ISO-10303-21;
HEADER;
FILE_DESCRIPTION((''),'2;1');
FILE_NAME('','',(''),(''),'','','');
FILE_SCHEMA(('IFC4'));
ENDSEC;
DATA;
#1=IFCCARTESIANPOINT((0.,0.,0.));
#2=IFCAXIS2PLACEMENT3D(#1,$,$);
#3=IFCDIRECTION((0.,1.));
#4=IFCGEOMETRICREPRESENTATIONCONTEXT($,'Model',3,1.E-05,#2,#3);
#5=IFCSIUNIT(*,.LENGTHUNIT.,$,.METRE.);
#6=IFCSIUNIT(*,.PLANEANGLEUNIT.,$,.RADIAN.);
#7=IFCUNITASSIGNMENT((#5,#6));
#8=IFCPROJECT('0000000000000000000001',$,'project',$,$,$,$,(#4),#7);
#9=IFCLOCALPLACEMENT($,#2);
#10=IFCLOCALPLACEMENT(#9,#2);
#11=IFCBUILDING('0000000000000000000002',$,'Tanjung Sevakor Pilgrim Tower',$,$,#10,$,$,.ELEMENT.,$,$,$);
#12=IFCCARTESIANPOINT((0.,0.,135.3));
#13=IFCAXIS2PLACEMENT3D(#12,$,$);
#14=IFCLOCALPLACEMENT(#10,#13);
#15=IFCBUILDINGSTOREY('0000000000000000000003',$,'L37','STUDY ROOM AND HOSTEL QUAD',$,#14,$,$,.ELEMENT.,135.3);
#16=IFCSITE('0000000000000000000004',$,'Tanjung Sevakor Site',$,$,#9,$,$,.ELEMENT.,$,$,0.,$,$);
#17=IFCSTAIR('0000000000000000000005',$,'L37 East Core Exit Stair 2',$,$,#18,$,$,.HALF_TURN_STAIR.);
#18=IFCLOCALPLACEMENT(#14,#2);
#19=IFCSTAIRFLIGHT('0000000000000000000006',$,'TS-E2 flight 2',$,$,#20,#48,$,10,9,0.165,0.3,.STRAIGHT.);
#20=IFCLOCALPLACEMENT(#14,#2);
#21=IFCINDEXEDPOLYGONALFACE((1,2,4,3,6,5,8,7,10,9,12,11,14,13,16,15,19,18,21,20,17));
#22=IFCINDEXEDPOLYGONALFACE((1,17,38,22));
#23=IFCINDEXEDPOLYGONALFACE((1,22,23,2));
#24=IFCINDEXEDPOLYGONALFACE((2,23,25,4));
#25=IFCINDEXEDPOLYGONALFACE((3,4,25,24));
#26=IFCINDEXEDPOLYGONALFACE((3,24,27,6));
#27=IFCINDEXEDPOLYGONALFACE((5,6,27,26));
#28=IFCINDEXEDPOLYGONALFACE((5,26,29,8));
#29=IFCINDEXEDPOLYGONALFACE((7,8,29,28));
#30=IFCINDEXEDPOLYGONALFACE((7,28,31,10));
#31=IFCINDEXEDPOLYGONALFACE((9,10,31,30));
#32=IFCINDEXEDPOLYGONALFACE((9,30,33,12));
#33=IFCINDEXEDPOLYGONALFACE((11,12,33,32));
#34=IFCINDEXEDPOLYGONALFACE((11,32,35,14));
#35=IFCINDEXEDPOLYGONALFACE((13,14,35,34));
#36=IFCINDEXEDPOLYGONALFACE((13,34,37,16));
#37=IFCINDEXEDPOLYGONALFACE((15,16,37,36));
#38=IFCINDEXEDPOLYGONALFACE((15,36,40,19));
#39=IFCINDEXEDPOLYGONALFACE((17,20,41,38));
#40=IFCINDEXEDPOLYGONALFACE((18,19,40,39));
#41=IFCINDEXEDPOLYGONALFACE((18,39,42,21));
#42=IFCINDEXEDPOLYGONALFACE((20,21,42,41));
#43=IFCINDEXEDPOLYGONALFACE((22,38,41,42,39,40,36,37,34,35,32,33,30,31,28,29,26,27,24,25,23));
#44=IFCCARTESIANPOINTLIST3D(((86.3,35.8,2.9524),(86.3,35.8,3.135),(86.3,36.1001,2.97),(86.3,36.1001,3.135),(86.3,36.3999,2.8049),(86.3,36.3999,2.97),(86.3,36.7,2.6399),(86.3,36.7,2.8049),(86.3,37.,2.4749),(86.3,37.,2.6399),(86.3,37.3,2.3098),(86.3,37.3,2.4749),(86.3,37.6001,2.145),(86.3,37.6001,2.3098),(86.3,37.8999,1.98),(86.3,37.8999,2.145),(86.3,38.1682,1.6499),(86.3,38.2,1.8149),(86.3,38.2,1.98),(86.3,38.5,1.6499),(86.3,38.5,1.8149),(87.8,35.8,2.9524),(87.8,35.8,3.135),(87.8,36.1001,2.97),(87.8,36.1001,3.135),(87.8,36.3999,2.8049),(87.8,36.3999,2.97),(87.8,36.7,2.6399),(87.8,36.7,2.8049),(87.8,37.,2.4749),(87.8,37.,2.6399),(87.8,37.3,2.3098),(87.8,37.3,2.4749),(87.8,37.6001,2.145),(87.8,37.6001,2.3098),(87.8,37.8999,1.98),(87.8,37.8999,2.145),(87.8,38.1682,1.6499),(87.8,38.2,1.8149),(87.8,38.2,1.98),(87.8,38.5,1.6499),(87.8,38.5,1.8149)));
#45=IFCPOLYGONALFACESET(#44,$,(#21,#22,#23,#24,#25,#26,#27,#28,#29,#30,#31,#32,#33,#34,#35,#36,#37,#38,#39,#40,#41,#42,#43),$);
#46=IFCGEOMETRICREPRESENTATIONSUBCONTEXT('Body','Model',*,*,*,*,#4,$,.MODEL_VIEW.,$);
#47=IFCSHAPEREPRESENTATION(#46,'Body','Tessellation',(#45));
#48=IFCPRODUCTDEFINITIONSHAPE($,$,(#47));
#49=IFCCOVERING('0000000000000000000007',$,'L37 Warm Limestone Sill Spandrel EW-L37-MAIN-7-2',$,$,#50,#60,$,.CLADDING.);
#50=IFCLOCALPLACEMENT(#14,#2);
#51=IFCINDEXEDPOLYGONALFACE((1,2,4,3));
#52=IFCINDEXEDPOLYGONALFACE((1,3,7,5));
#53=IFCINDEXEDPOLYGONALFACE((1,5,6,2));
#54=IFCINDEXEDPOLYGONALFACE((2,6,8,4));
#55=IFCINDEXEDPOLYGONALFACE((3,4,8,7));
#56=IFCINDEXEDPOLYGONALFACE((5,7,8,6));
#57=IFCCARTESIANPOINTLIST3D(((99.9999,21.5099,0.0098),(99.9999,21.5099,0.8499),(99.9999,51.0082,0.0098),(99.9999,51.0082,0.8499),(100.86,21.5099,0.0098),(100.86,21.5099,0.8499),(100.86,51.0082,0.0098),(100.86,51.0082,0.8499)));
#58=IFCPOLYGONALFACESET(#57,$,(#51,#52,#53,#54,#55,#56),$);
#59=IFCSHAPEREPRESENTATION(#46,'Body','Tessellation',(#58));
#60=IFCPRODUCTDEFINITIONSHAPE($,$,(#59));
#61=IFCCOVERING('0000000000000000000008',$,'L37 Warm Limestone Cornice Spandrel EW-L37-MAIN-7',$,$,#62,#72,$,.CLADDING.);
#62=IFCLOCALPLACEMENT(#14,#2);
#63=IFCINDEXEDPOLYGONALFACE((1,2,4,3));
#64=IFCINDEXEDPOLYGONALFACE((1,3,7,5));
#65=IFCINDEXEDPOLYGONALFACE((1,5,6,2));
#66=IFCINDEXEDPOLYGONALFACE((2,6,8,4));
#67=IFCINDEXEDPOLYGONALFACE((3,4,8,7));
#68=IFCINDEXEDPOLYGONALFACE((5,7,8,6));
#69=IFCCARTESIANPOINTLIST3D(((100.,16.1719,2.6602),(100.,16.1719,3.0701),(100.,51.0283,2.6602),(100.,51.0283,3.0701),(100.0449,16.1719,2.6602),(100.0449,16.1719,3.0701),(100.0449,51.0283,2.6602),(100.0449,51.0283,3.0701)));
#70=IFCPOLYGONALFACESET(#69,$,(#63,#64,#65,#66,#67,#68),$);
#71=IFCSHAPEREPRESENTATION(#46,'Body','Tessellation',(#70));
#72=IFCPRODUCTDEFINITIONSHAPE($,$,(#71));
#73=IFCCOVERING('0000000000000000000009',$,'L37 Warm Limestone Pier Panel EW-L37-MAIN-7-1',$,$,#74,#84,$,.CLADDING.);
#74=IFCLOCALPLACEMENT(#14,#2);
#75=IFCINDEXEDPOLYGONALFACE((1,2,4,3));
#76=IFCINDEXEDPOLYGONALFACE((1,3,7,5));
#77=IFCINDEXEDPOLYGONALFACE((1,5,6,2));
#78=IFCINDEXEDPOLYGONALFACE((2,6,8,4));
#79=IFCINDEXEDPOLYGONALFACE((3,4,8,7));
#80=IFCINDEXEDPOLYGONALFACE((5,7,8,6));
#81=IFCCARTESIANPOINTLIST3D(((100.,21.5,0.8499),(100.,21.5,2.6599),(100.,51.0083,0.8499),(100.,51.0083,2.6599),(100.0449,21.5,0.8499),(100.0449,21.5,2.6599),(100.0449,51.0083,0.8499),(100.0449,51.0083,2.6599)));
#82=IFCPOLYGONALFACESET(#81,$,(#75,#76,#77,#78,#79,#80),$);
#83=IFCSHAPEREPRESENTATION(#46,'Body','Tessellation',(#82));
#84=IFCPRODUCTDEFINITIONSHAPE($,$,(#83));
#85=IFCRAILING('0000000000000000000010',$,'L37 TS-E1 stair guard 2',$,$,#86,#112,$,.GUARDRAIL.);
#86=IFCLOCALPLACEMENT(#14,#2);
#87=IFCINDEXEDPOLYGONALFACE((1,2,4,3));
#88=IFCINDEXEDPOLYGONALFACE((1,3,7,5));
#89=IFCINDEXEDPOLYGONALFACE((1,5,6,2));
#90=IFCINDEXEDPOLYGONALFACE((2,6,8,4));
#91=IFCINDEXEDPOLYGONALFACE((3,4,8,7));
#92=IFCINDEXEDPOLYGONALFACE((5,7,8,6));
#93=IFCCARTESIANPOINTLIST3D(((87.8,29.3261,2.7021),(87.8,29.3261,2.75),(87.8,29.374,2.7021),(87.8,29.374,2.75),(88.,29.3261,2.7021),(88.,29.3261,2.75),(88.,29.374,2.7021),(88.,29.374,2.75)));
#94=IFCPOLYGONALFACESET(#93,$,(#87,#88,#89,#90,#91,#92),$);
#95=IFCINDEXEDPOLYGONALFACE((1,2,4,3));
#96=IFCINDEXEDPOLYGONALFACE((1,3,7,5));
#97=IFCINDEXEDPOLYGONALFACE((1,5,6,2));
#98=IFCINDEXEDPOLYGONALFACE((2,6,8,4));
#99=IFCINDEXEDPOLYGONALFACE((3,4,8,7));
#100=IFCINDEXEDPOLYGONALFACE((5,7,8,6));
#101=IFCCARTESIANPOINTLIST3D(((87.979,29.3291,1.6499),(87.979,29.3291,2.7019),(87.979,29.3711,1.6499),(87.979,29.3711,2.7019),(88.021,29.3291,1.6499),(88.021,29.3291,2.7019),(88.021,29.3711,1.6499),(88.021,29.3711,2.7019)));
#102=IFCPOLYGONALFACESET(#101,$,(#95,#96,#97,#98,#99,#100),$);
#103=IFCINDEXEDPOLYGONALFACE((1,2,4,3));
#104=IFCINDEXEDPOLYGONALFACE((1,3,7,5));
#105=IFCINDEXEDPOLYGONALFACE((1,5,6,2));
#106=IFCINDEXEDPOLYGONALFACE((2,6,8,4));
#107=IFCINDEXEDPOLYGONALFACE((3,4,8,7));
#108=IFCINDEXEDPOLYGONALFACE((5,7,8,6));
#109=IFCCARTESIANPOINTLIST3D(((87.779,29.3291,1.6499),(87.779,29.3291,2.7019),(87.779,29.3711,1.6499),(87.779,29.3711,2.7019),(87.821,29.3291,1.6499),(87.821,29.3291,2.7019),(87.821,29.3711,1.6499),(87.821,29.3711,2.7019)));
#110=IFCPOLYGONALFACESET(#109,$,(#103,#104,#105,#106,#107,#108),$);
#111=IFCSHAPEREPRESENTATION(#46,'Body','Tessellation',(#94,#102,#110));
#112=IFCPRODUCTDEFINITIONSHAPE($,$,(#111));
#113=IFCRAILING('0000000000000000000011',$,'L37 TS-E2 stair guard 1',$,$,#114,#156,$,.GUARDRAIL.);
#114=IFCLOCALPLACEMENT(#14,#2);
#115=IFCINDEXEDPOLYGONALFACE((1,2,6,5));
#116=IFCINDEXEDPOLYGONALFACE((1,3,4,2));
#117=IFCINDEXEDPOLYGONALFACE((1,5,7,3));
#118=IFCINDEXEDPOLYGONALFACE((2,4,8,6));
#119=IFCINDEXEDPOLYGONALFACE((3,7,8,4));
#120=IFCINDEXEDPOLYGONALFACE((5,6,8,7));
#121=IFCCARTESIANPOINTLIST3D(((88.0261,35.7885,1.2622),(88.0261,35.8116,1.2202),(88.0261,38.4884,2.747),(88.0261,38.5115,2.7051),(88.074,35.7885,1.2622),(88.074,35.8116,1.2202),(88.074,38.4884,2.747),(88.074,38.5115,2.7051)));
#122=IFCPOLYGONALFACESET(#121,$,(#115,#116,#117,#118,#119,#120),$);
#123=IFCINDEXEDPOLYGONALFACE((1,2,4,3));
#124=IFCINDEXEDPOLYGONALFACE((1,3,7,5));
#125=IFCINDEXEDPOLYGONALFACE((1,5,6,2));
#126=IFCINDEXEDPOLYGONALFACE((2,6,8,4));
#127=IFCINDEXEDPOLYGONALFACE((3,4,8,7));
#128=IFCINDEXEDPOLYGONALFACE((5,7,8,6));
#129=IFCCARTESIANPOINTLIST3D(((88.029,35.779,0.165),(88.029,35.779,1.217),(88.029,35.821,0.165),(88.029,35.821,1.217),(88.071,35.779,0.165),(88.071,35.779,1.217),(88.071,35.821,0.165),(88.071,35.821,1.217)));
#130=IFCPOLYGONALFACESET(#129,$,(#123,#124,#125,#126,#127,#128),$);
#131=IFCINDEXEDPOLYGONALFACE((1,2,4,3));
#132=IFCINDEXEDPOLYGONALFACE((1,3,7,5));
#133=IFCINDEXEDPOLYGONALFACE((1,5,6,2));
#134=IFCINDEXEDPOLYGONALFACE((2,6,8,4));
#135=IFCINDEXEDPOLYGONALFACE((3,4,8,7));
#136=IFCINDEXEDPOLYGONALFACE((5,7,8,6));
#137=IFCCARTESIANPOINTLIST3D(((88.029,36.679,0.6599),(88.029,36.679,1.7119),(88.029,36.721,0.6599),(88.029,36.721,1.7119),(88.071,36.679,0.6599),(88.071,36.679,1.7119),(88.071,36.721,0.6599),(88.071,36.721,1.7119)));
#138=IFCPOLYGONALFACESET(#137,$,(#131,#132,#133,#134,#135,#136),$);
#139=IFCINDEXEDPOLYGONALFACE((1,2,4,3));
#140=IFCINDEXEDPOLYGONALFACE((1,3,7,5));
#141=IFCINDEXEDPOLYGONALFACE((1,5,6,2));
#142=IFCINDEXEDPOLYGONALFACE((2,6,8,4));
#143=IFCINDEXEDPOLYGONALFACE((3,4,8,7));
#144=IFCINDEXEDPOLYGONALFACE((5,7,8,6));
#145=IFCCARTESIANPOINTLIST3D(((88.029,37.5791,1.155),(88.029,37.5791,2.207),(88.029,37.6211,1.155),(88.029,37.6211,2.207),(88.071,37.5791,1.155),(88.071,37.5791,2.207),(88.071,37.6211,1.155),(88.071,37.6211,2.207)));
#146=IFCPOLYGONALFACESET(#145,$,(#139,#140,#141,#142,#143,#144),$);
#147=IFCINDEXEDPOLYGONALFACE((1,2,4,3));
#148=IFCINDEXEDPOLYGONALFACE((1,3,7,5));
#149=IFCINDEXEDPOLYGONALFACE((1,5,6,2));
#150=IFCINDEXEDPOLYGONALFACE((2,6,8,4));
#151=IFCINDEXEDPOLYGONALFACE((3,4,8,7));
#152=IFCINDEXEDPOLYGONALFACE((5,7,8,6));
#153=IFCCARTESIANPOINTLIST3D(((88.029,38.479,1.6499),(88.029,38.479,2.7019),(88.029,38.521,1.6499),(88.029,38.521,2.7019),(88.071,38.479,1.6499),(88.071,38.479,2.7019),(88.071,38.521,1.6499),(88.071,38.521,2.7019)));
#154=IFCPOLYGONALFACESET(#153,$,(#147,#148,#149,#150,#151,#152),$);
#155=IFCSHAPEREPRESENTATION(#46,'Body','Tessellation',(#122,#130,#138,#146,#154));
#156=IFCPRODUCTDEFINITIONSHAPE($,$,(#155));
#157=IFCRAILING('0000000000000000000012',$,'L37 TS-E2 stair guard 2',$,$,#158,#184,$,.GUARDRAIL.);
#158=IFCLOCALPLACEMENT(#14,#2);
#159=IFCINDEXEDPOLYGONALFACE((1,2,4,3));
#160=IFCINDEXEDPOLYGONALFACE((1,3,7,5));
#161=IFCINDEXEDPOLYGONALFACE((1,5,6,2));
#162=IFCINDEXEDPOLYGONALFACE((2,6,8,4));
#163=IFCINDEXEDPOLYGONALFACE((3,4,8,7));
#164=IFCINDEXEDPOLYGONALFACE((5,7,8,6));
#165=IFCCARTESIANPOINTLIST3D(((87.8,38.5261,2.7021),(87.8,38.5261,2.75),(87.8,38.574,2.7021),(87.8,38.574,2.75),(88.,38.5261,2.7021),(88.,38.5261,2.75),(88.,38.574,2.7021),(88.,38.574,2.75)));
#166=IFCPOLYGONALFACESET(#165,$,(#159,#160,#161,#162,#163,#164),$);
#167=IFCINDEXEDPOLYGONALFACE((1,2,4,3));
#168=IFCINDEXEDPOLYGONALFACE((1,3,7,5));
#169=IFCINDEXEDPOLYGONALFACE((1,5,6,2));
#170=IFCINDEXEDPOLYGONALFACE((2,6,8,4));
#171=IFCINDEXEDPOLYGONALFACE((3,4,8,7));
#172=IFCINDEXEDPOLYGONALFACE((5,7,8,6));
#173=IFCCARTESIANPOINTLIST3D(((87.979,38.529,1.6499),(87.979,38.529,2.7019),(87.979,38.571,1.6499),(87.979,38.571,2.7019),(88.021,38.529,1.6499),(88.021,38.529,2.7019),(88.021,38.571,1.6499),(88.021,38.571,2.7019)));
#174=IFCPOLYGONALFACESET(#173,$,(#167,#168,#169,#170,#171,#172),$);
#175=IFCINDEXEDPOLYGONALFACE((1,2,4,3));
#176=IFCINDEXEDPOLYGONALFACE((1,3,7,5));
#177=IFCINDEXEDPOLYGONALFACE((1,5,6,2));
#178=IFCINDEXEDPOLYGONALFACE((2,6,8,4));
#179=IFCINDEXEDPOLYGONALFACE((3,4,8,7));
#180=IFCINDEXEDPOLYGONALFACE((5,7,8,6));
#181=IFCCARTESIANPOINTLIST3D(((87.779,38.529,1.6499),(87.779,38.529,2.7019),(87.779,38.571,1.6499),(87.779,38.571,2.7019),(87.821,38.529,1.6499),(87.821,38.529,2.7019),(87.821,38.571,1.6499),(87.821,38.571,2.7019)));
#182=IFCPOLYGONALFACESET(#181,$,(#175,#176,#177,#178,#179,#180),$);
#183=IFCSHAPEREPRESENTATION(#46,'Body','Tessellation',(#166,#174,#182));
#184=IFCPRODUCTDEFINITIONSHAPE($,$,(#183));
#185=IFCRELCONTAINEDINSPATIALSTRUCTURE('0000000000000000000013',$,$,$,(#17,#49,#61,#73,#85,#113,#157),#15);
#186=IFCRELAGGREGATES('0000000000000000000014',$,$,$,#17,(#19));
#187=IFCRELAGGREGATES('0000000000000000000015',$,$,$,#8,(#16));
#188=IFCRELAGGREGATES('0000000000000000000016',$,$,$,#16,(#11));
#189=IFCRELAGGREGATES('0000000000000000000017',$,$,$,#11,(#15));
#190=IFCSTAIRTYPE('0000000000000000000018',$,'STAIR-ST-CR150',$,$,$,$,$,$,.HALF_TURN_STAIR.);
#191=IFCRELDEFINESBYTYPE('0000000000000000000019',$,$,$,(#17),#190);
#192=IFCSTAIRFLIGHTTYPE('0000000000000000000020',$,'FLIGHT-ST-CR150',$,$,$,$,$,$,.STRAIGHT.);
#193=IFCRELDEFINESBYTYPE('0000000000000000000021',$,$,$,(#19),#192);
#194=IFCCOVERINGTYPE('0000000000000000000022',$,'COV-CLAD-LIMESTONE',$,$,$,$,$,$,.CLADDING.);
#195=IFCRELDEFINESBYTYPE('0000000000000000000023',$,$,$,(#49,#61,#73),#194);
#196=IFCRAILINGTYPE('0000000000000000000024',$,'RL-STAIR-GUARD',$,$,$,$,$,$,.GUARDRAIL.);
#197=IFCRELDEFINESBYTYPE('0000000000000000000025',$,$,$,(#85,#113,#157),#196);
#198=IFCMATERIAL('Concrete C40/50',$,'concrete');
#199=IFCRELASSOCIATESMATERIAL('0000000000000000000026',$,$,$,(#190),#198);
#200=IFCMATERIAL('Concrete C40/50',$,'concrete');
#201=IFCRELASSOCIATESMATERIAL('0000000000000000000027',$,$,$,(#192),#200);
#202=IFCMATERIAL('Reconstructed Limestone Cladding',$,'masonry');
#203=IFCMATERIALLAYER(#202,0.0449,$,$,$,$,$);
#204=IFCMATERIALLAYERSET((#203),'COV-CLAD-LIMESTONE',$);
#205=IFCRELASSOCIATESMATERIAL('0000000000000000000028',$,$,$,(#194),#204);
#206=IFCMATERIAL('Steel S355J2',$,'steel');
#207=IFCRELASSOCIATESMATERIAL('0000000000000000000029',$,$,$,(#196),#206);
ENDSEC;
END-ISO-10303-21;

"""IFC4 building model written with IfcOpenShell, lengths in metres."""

from ifc_helpers import new_model, si_unit, direction, frame, origin, origin_2d, place, context, subcontext, project, spatial, polyline, rectangle, outline, extrude, material, layer, layer_set, type_object, element, aggregate, save


model = new_model("IFC4")

# Units and contexts
model_context = context("Model", 3, precision=1e-05, world=origin(), true_north=direction((0.0, 1.0)))
body_context = subcontext(model_context, "Body", "Model", "MODEL_VIEW")
ifc_project = project(units=[si_unit("LENGTHUNIT", "METRE"), si_unit("PLANEANGLEUNIT", "RADIAN")], contexts=[model_context])

# Site, building, storey
site_placement = place(None, origin())
site = spatial("IfcSite", under=ifc_project, at=site_placement, Name="Tanjung Sevakor Site", CompositionType="ELEMENT", RefElevation=0.0)
building_placement = place(site_placement, origin())
building = spatial("IfcBuilding", under=site, at=building_placement, Name="Tanjung Sevakor Pilgrim Tower", CompositionType="ELEMENT")
storey_placement = place(building_placement, frame((0.0, 0.0, 135.3)))
storey = spatial("IfcBuildingStorey", under=building, at=storey_placement, Name="L37", Description="STUDY ROOM AND HOSTEL QUAD", CompositionType="ELEMENT", Elevation=135.3)

# Stair, stair flight
ifc_material_1 = material(Name="Concrete C40/50", Category="concrete")
stair_type = type_object("IfcStairType", Name="STAIR-ST-CR150", PredefinedType="HALF_TURN_STAIR", material=ifc_material_1)
stair_placement = place(storey_placement, origin())
stair = element("IfcStair", 1, at=stair_placement, inside=storey, type_object=stair_type, Name="L37 East Core Exit Stair 2", PredefinedType="HALF_TURN_STAIR")
ifc_material_2 = material(Name="Concrete C40/50", Category="concrete")
stair_flight_type = type_object("IfcStairFlightType", Name="FLIGHT-ST-CR150", PredefinedType="STRAIGHT", material=ifc_material_2)
stair_flight_1_placement = place(storey_placement, frame((87.05, 38.5, 1.6499), z_axis=(0.0, 0.0, 1.0), x_axis=(0.0, -1.0, 0.0)))
stair_flight_1 = element("IfcStairFlight", 2, at=stair_flight_1_placement, type_object=stair_flight_type, Name="TS-E2 flight 2", NumberOfRisers=10, NumberOfTreads=9, PredefinedType="STRAIGHT", RiserHeight=0.165, TreadLength=0.3, context=body_context, shape_type="SweptSolid", body=[
    extrude(outline(polyline([(0.0, 0.0), (0.0, 0.165), (0.3, 0.165), (0.3, 0.3301), (0.6001, 0.3301), (0.6001, 0.4951), (0.8999, 0.4951), (0.8999, 0.6599), (1.2, 0.6599), (1.2, 0.825), (1.5, 0.825), (1.5, 0.99), (1.8, 0.99), (1.8, 1.155), (2.1001, 1.155), (2.1001, 1.3201), (2.3999, 1.3201), (2.3999, 1.4851), (2.7, 1.4851), (2.7, 1.6499), (2.7, 1.3025), (0.3318, 0.0), (0.0, 0.0)])), frame((0.0, 0.75, 0.0), z_axis=(0.0, -1.0, 0.0), x_axis=(1.0, 0.0, 0.0)), (0.0, 0.0, 1.0), 1.5),
])
aggregate(stair, [stair_flight_1])

# Coverings
ifc_material_3 = material(Name="Reconstructed Limestone Cladding", Category="masonry")
ifc_layer_1 = layer(ifc_material_3, 0.0449)
ifc_layer_set_1 = layer_set([ifc_layer_1], Name="COV-CLAD-LIMESTONE")
covering_type = type_object("IfcCoveringType", Name="COV-CLAD-LIMESTONE", PredefinedType="CLADDING", material=ifc_layer_set_1)
covering_1_placement = place(storey_placement, frame((100.4299, 36.259, 0.0098), z_axis=(0.0, 0.0, 1.0), x_axis=(0.0, 1.0, 0.0)))
element("IfcCovering", 3, at=covering_1_placement, inside=storey, type_object=covering_type, Name="L37 Warm Limestone Sill Spandrel EW-L37-MAIN-7-2", PredefinedType="CLADDING", context=body_context, shape_type="SweptSolid", body=[
    extrude(rectangle(XDim=29.4983, YDim=0.8601, at=origin_2d()), origin(), (0.0, 0.0, 1.0), 0.8401),
])
covering_2_placement = place(storey_placement, frame((100.0225, 33.6001, 2.6602), z_axis=(0.0, 0.0, 1.0), x_axis=(0.0, 1.0, 0.0)))
element("IfcCovering", 4, at=covering_2_placement, inside=storey, type_object=covering_type, Name="L37 Warm Limestone Cornice Spandrel EW-L37-MAIN-7", PredefinedType="CLADDING", context=body_context, shape_type="SweptSolid", body=[
    extrude(rectangle(XDim=34.8564, YDim=0.0449, at=origin_2d()), origin(), (0.0, 0.0, 1.0), 0.4099),
])
covering_3_placement = place(storey_placement, frame((100.0225, 36.2542, 0.8499), z_axis=(0.0, 0.0, 1.0), x_axis=(0.0, 1.0, 0.0)))
element("IfcCovering", 5, at=covering_3_placement, inside=storey, type_object=covering_type, Name="L37 Warm Limestone Pier Panel EW-L37-MAIN-7-1", PredefinedType="CLADDING", context=body_context, shape_type="SweptSolid", body=[
    extrude(rectangle(XDim=29.5083, YDim=0.0449, at=origin_2d()), origin(), (0.0, 0.0, 1.0), 1.8101),
])

# Railings
ifc_material_4 = material(Name="Steel S355J2", Category="steel")
railing_type_1 = type_object("IfcRailingType", Name="RL-STAIR-GUARD", PredefinedType="GUARDRAIL", material=ifc_material_4)
railing_1_placement = place(storey_placement, frame((88.0, 29.3501, 1.6499)))
element("IfcRailing", 6, at=railing_1_placement, inside=storey, type_object=railing_type_1, Name="L37 TS-E1 stair guard 2", PredefinedType="GUARDRAIL", context=body_context, shape_type="SweptSolid", body=[
    extrude(rectangle(XDim=0.0479, YDim=0.0479), frame((0.0, 0.0, 1.0762), z_axis=(-1.0, 0.0, 0.0), x_axis=(0.0, -1.0, 0.0)), (0.0, 0.0, 1.0), 0.2),
    extrude(rectangle(XDim=0.042, YDim=0.042), origin(), (0.0, 0.0, 1.0), 1.052),
    extrude(rectangle(XDim=0.042, YDim=0.042), frame((-0.2, 0.0, 0.0)), (0.0, 0.0, 1.0), 1.052),
])
railing_2_placement = place(storey_placement, frame((88.05, 35.8, 0.165)))
element("IfcRailing", 7, at=railing_2_placement, inside=storey, type_object=railing_type_1, Name="L37 TS-E2 stair guard 1", PredefinedType="GUARDRAIL", context=body_context, shape_type="SweptSolid", body=[
    extrude(rectangle(XDim=0.0479, YDim=0.0479), frame((0.0, 0.0, 1.0762), z_axis=(0.0, 0.876231, 0.481891), x_axis=(-1.0, 0.0, 0.0)), (0.0, 0.0, 1.0), 3.0813),
    extrude(rectangle(XDim=0.042, YDim=0.042), origin(), (0.0, 0.0, 1.0), 1.052),
    extrude(rectangle(XDim=0.042, YDim=0.042), frame((0.0, 0.8999, 0.4949)), (0.0, 0.0, 1.0), 1.052),
    extrude(rectangle(XDim=0.042, YDim=0.042), frame((0.0, 1.8, 0.99)), (0.0, 0.0, 1.0), 1.052),
    extrude(rectangle(XDim=0.042, YDim=0.042), frame((0.0, 2.7, 1.4849)), (0.0, 0.0, 1.0), 1.052),
])
railing_3_placement = place(storey_placement, frame((88.0, 38.55, 1.6499)))
element("IfcRailing", 8, at=railing_3_placement, inside=storey, type_object=railing_type_1, Name="L37 TS-E2 stair guard 2", PredefinedType="GUARDRAIL", context=body_context, shape_type="SweptSolid", body=[
    extrude(rectangle(XDim=0.0479, YDim=0.0479), frame((0.0, 0.0, 1.0762), z_axis=(-1.0, 0.0, 0.0), x_axis=(0.0, -1.0, 0.0)), (0.0, 0.0, 1.0), 0.2),
    extrude(rectangle(XDim=0.042, YDim=0.042), origin(), (0.0, 0.0, 1.0), 1.052),
    extrude(rectangle(XDim=0.042, YDim=0.042), frame((-0.2, 0.0, 0.0)), (0.0, 0.0, 1.0), 1.052),
])

save(model, "model.ifc")
